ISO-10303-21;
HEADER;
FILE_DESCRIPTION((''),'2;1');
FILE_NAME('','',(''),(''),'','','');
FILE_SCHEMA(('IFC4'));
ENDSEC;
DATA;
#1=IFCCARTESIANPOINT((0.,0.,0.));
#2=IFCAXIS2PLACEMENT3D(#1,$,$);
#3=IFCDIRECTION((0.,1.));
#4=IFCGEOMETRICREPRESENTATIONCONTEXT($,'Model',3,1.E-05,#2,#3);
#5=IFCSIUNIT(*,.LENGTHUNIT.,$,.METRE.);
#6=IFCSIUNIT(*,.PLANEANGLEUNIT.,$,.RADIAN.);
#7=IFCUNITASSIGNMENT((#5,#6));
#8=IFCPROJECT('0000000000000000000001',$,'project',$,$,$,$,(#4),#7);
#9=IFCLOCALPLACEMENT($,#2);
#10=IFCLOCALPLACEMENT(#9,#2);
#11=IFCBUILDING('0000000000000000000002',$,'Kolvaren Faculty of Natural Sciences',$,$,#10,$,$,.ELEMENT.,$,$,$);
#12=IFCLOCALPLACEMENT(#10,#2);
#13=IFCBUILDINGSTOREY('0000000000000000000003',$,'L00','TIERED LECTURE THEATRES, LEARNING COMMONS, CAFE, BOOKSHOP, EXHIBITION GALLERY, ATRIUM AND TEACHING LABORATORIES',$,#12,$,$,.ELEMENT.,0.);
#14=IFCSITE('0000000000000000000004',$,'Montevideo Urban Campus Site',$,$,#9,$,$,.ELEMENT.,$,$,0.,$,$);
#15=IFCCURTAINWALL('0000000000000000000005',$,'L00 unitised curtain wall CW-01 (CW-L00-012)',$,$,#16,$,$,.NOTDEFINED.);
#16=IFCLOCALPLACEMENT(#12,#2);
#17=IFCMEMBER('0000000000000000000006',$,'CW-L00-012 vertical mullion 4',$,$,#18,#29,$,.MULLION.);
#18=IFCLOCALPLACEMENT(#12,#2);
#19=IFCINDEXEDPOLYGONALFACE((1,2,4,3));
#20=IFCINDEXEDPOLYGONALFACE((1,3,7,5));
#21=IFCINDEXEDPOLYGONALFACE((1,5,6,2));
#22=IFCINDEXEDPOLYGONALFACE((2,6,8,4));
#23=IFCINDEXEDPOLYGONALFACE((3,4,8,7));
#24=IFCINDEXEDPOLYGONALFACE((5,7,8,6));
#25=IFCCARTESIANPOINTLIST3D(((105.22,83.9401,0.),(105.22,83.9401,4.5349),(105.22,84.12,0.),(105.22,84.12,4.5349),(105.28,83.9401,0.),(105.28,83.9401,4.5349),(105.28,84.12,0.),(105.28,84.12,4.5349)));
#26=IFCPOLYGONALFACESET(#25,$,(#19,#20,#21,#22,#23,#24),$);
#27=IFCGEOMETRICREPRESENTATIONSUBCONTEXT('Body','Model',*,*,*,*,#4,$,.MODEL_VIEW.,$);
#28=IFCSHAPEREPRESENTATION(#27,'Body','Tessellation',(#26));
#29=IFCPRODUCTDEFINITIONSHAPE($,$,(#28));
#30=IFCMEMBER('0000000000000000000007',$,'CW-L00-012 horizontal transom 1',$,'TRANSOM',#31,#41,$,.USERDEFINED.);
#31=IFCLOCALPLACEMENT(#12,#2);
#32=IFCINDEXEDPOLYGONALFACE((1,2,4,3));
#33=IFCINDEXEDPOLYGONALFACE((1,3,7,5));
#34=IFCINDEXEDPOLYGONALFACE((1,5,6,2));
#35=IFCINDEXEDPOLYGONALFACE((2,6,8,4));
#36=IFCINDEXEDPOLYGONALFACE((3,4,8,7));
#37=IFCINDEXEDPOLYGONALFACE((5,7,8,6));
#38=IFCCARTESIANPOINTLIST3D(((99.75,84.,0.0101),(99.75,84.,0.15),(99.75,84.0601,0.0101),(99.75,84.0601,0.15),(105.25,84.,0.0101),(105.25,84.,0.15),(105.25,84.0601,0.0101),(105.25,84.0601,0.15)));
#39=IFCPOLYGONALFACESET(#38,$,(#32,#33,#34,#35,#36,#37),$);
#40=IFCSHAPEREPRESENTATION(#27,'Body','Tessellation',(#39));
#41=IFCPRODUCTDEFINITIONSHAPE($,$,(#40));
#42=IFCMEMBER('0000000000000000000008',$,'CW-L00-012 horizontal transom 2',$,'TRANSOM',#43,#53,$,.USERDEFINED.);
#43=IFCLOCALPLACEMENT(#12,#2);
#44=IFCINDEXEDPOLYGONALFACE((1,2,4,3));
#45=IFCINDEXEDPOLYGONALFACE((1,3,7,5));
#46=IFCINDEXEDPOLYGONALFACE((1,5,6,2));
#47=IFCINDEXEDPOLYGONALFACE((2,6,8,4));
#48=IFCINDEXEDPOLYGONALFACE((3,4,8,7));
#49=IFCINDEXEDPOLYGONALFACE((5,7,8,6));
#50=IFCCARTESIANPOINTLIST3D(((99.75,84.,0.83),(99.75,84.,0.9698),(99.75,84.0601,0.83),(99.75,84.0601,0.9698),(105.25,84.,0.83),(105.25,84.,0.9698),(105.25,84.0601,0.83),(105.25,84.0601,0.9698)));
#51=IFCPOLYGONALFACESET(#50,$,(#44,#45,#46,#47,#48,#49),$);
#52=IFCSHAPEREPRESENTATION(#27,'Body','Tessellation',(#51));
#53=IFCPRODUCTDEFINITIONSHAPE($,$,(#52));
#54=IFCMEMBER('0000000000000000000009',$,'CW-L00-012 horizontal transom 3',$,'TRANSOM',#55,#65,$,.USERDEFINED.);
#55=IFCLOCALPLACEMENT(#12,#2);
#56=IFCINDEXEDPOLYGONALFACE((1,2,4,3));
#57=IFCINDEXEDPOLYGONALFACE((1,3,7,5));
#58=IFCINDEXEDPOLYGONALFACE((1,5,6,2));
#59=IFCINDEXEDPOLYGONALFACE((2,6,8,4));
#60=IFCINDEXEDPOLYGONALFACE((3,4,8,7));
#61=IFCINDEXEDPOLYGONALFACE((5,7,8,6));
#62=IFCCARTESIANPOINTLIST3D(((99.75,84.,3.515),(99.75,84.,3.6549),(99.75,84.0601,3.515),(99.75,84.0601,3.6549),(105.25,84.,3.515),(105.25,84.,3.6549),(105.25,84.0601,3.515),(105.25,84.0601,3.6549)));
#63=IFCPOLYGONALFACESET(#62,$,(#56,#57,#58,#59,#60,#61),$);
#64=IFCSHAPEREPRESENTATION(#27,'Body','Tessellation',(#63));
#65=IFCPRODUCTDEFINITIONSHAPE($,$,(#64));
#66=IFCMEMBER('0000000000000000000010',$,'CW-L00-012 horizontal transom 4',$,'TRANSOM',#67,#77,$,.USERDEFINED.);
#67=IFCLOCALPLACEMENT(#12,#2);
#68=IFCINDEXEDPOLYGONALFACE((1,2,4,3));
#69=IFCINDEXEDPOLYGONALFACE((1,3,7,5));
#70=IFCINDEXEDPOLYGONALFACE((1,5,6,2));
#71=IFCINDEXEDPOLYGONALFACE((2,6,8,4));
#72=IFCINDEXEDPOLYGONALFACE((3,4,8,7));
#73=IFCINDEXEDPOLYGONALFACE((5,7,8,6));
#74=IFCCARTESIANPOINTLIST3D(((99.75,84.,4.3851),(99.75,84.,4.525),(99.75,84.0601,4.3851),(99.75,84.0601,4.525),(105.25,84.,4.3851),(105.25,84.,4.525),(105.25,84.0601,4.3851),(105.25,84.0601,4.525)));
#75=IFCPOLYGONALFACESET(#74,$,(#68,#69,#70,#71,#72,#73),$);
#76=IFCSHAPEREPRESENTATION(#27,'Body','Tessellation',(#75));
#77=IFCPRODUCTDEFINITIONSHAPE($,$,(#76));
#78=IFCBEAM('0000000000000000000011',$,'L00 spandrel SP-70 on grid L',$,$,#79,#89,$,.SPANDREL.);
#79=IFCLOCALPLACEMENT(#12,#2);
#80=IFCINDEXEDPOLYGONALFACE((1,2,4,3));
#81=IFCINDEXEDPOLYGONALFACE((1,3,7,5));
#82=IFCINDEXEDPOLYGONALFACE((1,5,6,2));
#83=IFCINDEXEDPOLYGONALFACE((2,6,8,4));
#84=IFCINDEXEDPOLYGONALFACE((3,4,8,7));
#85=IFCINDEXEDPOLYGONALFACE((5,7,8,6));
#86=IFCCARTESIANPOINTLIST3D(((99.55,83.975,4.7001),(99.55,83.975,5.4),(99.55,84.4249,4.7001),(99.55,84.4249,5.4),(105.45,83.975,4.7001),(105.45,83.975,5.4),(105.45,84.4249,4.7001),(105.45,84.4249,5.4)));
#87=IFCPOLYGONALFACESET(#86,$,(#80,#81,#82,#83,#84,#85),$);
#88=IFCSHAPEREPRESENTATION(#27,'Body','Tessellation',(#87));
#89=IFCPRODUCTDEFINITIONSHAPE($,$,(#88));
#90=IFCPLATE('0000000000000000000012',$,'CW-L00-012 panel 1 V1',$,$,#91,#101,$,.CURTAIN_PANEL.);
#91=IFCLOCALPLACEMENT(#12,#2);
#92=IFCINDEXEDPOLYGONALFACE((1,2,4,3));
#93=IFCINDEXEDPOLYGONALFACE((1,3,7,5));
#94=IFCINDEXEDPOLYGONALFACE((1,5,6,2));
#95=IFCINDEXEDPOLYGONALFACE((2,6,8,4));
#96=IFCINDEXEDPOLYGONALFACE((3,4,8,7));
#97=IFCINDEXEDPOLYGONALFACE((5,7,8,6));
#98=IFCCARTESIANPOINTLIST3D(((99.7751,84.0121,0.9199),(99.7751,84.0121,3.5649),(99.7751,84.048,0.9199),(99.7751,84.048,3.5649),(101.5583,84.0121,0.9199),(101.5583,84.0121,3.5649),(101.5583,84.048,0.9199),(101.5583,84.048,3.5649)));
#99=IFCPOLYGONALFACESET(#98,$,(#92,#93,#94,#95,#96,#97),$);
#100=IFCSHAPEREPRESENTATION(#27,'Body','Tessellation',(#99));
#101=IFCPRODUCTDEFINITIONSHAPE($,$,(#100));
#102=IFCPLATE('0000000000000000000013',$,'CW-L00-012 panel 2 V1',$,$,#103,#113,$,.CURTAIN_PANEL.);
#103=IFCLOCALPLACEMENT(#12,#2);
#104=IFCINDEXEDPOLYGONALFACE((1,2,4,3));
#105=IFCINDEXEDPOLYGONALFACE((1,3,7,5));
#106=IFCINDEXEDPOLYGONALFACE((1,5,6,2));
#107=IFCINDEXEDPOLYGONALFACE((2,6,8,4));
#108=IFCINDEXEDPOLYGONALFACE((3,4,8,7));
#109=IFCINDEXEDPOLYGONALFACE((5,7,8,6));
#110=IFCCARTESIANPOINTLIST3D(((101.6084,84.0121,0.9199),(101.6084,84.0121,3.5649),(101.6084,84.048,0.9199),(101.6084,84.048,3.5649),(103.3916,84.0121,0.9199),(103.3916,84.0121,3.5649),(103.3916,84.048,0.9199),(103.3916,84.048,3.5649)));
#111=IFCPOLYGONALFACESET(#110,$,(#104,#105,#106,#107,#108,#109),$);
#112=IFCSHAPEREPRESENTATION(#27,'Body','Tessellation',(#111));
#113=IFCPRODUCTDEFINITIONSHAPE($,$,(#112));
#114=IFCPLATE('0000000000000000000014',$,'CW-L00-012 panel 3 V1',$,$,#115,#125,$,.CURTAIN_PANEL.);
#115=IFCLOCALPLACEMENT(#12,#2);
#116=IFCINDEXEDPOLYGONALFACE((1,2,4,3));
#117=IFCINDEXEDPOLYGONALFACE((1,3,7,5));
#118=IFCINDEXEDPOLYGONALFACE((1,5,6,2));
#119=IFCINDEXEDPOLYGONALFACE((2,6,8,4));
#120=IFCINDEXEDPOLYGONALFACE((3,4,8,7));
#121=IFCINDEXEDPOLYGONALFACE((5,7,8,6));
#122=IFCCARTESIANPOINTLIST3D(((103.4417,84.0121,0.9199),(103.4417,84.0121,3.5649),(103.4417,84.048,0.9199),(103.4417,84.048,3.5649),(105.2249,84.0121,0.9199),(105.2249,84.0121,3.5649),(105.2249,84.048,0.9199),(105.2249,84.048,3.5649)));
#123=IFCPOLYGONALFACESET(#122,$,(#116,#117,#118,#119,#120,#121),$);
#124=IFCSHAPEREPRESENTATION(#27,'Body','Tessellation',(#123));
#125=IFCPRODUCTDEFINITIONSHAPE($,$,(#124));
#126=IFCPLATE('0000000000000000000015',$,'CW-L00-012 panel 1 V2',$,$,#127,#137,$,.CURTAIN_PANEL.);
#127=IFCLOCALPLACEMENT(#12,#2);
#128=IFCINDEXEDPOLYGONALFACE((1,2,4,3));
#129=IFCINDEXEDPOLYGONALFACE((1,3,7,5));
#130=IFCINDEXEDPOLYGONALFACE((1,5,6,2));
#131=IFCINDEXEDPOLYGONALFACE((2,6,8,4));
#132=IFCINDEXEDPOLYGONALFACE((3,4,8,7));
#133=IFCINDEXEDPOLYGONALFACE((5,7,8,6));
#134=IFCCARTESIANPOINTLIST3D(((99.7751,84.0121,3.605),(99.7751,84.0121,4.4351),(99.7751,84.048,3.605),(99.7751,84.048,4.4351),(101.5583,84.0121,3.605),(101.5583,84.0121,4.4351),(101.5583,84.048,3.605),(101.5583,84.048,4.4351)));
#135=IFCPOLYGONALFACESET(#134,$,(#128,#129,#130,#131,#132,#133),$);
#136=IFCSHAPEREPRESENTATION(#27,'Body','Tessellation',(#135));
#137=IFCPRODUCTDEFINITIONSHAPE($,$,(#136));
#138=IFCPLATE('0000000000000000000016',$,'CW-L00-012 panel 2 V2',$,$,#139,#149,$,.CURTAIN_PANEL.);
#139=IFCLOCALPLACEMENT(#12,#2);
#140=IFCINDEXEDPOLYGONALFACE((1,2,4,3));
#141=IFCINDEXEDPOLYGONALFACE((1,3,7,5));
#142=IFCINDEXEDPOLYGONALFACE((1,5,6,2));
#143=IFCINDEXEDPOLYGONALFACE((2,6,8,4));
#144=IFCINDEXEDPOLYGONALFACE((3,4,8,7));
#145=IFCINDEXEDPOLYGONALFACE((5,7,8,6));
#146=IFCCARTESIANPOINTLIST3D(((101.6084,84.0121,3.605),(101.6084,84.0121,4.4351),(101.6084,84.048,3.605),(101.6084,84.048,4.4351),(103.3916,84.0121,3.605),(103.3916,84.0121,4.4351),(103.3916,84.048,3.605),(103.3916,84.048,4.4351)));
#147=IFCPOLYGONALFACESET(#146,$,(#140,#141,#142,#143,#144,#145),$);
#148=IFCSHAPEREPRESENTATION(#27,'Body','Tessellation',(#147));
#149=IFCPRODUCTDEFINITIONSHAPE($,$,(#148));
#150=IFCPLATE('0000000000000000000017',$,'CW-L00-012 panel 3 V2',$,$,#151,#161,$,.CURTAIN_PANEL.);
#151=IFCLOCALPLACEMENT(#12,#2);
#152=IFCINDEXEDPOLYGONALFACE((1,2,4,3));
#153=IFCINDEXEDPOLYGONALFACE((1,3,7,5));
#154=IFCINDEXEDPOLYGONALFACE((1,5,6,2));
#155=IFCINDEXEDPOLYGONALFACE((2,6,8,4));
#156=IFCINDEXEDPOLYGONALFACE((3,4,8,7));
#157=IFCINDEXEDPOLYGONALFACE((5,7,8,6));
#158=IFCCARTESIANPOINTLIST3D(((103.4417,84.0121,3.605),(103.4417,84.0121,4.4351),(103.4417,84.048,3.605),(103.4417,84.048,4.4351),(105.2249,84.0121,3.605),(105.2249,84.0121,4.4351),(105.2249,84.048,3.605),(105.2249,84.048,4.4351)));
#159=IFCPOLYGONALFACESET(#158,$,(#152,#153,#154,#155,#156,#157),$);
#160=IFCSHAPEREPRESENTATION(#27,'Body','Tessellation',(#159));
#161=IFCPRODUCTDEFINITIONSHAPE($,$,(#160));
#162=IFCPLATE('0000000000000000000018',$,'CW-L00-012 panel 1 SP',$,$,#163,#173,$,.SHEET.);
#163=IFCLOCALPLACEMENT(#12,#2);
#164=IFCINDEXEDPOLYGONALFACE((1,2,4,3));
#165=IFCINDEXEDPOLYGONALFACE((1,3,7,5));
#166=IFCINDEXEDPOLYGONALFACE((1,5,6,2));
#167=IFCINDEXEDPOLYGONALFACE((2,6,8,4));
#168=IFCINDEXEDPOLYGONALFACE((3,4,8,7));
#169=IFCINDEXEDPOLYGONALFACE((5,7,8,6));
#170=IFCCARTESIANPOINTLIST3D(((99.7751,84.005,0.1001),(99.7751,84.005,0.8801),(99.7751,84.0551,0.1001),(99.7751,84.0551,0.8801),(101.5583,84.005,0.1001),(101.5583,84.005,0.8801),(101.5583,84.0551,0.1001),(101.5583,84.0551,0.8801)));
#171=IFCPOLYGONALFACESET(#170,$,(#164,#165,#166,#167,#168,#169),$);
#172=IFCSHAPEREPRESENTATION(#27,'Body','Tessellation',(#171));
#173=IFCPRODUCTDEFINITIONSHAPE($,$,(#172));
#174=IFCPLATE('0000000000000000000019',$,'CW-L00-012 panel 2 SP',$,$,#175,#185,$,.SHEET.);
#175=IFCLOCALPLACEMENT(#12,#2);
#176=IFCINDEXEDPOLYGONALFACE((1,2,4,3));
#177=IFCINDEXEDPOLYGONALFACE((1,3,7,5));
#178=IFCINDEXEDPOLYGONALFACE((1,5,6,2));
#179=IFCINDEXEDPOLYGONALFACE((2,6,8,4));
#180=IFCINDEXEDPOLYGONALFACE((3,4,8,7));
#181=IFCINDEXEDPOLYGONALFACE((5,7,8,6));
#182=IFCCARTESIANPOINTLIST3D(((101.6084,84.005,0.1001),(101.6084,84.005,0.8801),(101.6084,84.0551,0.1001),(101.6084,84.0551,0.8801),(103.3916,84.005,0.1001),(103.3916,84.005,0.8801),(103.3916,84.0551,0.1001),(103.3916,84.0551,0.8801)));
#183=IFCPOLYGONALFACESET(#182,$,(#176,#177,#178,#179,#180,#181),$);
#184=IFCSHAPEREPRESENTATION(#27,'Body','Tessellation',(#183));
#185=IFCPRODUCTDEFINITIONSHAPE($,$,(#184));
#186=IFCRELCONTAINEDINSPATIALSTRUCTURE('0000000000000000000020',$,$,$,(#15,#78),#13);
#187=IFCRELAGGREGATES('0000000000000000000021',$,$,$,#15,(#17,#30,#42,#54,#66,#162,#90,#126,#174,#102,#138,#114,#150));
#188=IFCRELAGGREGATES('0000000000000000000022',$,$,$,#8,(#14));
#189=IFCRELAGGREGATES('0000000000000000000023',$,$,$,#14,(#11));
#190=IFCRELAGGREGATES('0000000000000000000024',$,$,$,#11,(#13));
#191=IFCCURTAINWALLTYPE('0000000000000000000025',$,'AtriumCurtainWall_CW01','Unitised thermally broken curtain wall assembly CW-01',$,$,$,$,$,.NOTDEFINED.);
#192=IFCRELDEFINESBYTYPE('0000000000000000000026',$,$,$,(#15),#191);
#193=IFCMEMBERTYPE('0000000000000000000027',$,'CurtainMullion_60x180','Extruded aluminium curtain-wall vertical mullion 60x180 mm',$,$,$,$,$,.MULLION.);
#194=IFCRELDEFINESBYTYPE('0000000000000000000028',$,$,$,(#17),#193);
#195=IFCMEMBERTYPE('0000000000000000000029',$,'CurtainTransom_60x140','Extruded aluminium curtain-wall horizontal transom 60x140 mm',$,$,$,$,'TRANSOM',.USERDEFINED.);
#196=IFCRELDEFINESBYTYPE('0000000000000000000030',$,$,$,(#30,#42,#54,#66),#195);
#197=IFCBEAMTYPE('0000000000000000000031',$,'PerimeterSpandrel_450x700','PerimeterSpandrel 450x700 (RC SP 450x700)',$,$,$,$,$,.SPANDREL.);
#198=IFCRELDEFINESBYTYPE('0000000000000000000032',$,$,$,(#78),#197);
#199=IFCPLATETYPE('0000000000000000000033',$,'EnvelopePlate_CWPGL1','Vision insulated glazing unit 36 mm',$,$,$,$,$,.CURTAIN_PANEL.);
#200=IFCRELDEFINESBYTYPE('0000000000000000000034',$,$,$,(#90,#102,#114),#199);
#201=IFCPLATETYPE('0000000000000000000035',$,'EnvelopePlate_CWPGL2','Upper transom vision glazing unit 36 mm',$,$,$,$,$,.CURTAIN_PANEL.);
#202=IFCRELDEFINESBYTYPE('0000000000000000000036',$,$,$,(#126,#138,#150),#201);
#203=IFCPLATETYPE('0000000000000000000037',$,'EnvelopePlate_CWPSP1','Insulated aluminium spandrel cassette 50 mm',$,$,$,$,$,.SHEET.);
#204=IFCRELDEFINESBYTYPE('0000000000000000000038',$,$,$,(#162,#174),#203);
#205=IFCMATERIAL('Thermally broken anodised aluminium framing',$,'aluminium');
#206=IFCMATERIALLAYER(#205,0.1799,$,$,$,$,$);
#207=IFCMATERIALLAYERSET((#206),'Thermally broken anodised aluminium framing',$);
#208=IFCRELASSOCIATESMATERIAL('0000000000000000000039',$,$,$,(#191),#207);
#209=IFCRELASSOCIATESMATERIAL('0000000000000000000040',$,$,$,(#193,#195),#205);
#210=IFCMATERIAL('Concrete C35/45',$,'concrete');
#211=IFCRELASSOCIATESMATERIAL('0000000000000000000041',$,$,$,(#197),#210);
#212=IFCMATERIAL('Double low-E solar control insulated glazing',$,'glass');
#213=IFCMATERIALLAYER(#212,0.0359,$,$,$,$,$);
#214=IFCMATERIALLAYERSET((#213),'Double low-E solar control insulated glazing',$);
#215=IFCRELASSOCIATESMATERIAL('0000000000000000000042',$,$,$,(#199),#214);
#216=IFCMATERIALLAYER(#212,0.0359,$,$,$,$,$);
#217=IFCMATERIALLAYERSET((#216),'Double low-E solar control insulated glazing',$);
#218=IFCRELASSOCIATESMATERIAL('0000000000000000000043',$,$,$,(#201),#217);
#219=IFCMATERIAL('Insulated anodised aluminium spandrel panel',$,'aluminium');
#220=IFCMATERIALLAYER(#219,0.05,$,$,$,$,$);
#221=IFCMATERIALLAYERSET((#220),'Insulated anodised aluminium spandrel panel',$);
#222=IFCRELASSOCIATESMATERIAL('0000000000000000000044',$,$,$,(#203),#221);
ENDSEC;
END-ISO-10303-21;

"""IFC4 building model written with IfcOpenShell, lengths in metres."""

from ifc_helpers import new_model, si_unit, direction, frame, origin, origin_2d, place, context, subcontext, project, spatial, rectangle, extrude, material, layer, layer_set, material_profile, profile_set, type_object, element, aggregate, save


model = new_model("IFC4")

# Units and contexts
model_context = context("Model", 3, precision=1e-05, world=origin(), true_north=direction((0.0, 1.0)))
body_context = subcontext(model_context, "Body", "Model", "MODEL_VIEW")
ifc_project = project(units=[si_unit("LENGTHUNIT", "METRE"), si_unit("PLANEANGLEUNIT", "RADIAN")], contexts=[model_context])

# Site, building, storey
site_placement = place(None, origin())
site = spatial("IfcSite", under=ifc_project, at=site_placement, Name="Montevideo Urban Campus Site", CompositionType="ELEMENT", RefElevation=0.0)
building_placement = place(site_placement, origin())
building = spatial("IfcBuilding", under=site, at=building_placement, Name="Kolvaren Faculty of Natural Sciences", CompositionType="ELEMENT")
storey_placement = place(building_placement, origin())
storey = spatial("IfcBuildingStorey", under=building, at=storey_placement, Name="L00", Description="TIERED LECTURE THEATRES, LEARNING COMMONS, CAFE, BOOKSHOP, EXHIBITION GALLERY, ATRIUM AND TEACHING LABORATORIES", CompositionType="ELEMENT", Elevation=0.0)

# Shared definitions
ifc_material_1 = material(Name="Concrete C35/45", Category="concrete")

# Curtain wall, members
ifc_material_2 = material(Name="Thermally broken anodised aluminium framing", Category="aluminium")
ifc_layer_1 = layer(ifc_material_2, 0.1799)
ifc_layer_set_1 = layer_set([ifc_layer_1], Name="Thermally broken anodised aluminium framing")
curtain_wall_type = type_object("IfcCurtainWallType", Name="AtriumCurtainWall_CW01", Description="Unitised thermally broken curtain wall assembly CW-01", PredefinedType="NOTDEFINED", material=ifc_layer_set_1)
curtain_wall_placement = place(storey_placement, origin())
curtain_wall = element("IfcCurtainWall", 1, at=curtain_wall_placement, inside=storey, type_object=curtain_wall_type, Name="L00 unitised curtain wall CW-01 (CW-L00-012)", PredefinedType="NOTDEFINED")
ifc_material_profile_1 = material_profile(ifc_material_2, rectangle(XDim=0.0601, YDim=0.1799, at=origin_2d()), Name="ALU MUL 60x180")
ifc_profile_set_1 = profile_set([ifc_material_profile_1], Name="Thermally broken anodised aluminium framing")
member_type_1 = type_object("IfcMemberType", Name="CurtainMullion_60x180", Description="Extruded aluminium curtain-wall vertical mullion 60x180 mm", PredefinedType="MULLION", material=ifc_profile_set_1)
member_1_placement = place(storey_placement, frame((105.25, 84.03, 0.0), z_axis=(0.0, 0.0, 1.0), x_axis=(1.0, 0.0, 0.0)))
member_1 = element("IfcMember", 2, at=member_1_placement, type_object=member_type_1, Name="CW-L00-012 vertical mullion 4", PredefinedType="MULLION", context=body_context, shape_type="SweptSolid", body=[
    extrude(rectangle(XDim=0.0601, YDim=0.1799, at=origin_2d()), origin(), (0.0, 0.0, 1.0), 4.5349),
])
ifc_material_profile_2 = material_profile(ifc_material_2, rectangle(XDim=0.0601, YDim=0.1399, at=origin_2d()), Name="ALU TRN 60x140")
ifc_profile_set_2 = profile_set([ifc_material_profile_2], Name="Thermally broken anodised aluminium framing")
member_type_2 = type_object("IfcMemberType", Name="CurtainTransom_60x140", Description="Extruded aluminium curtain-wall horizontal transom 60x140 mm", ElementType="TRANSOM", PredefinedType="USERDEFINED", material=ifc_profile_set_2)
member_2_placement = place(storey_placement, frame((99.75, 84.03, 0.0801), z_axis=(1.0, 0.0, 0.0), x_axis=(0.0, 1.0, 0.0)))
member_2 = element("IfcMember", 3, at=member_2_placement, type_object=member_type_2, Name="CW-L00-012 horizontal transom 1", ObjectType="TRANSOM", PredefinedType="USERDEFINED", context=body_context, shape_type="SweptSolid", body=[
    extrude(rectangle(XDim=0.0601, YDim=0.1399, at=origin_2d()), origin(), (0.0, 0.0, 1.0), 5.5),
])
member_3_placement = place(storey_placement, frame((99.75, 84.03, 0.8999), z_axis=(1.0, 0.0, 0.0), x_axis=(0.0, 1.0, 0.0)))
member_3 = element("IfcMember", 4, at=member_3_placement, type_object=member_type_2, Name="CW-L00-012 horizontal transom 2", ObjectType="TRANSOM", PredefinedType="USERDEFINED", context=body_context, shape_type="SweptSolid", body=[
    extrude(rectangle(XDim=0.0601, YDim=0.1399, at=origin_2d()), origin(), (0.0, 0.0, 1.0), 5.5),
])
member_4_placement = place(storey_placement, frame((99.75, 84.03, 3.585), z_axis=(1.0, 0.0, 0.0), x_axis=(0.0, 1.0, 0.0)))
member_4 = element("IfcMember", 5, at=member_4_placement, type_object=member_type_2, Name="CW-L00-012 horizontal transom 3", ObjectType="TRANSOM", PredefinedType="USERDEFINED", context=body_context, shape_type="SweptSolid", body=[
    extrude(rectangle(XDim=0.0601, YDim=0.1399, at=origin_2d()), origin(), (0.0, 0.0, 1.0), 5.5),
])
member_5_placement = place(storey_placement, frame((99.75, 84.03, 4.4551), z_axis=(1.0, 0.0, 0.0), x_axis=(0.0, 1.0, 0.0)))
member_5 = element("IfcMember", 6, at=member_5_placement, type_object=member_type_2, Name="CW-L00-012 horizontal transom 4", ObjectType="TRANSOM", PredefinedType="USERDEFINED", context=body_context, shape_type="SweptSolid", body=[
    extrude(rectangle(XDim=0.0601, YDim=0.1399, at=origin_2d()), origin(), (0.0, 0.0, 1.0), 5.5),
])

# Beam
ifc_material_profile_3 = material_profile(ifc_material_1, rectangle(XDim=0.45, YDim=0.7, at=origin_2d()), Name="RC SP 450x700")
ifc_profile_set_3 = profile_set([ifc_material_profile_3], Name="Concrete C35/45")
beam_type = type_object("IfcBeamType", Name="PerimeterSpandrel_450x700", Description="PerimeterSpandrel 450x700 (RC SP 450x700)", PredefinedType="SPANDREL", material=ifc_profile_set_3)
beam_placement = place(storey_placement, frame((99.55, 84.2, 5.05), z_axis=(1.0, 0.0, 0.0), x_axis=(0.0, 1.0, 0.0)))
element("IfcBeam", 7, at=beam_placement, inside=storey, type_object=beam_type, Name="L00 spandrel SP-70 on grid L", PredefinedType="SPANDREL", context=body_context, shape_type="SweptSolid", body=[
    extrude(rectangle(XDim=0.45, YDim=0.7, at=origin_2d()), origin(), (0.0, 0.0, 1.0), 5.8999),
])

# Plates
ifc_material_3 = material(Name="Double low-E solar control insulated glazing", Category="glass")
ifc_layer_2 = layer(ifc_material_3, 0.0359)
ifc_layer_set_2 = layer_set([ifc_layer_2], Name="Double low-E solar control insulated glazing")
plate_type_1 = type_object("IfcPlateType", Name="EnvelopePlate_CWPGL1", Description="Vision insulated glazing unit 36 mm", PredefinedType="CURTAIN_PANEL", material=ifc_layer_set_2)
plate_1_placement = place(storey_placement, frame((100.6667, 84.03, 0.9199), z_axis=(0.0, 0.0, 1.0), x_axis=(1.0, 0.0, 0.0)))
plate_1 = element("IfcPlate", 8, at=plate_1_placement, type_object=plate_type_1, Name="CW-L00-012 panel 1 V1", PredefinedType="CURTAIN_PANEL", context=body_context, shape_type="SweptSolid", body=[
    extrude(rectangle(XDim=1.7832, YDim=0.0359, at=origin_2d()), origin(), (0.0, 0.0, 1.0), 2.645),
])
plate_2_placement = place(storey_placement, frame((102.5, 84.03, 0.9199), z_axis=(0.0, 0.0, 1.0), x_axis=(1.0, 0.0, 0.0)))
plate_2 = element("IfcPlate", 9, at=plate_2_placement, type_object=plate_type_1, Name="CW-L00-012 panel 2 V1", PredefinedType="CURTAIN_PANEL", context=body_context, shape_type="SweptSolid", body=[
    extrude(rectangle(XDim=1.7832, YDim=0.0359, at=origin_2d()), origin(), (0.0, 0.0, 1.0), 2.645),
])
plate_3_placement = place(storey_placement, frame((104.3333, 84.03, 0.9199), z_axis=(0.0, 0.0, 1.0), x_axis=(1.0, 0.0, 0.0)))
plate_3 = element("IfcPlate", 10, at=plate_3_placement, type_object=plate_type_1, Name="CW-L00-012 panel 3 V1", PredefinedType="CURTAIN_PANEL", context=body_context, shape_type="SweptSolid", body=[
    extrude(rectangle(XDim=1.7832, YDim=0.0359, at=origin_2d()), origin(), (0.0, 0.0, 1.0), 2.645),
])
ifc_layer_3 = layer(ifc_material_3, 0.0359)
ifc_layer_set_3 = layer_set([ifc_layer_3], Name="Double low-E solar control insulated glazing")
plate_type_2 = type_object("IfcPlateType", Name="EnvelopePlate_CWPGL2", Description="Upper transom vision glazing unit 36 mm", PredefinedType="CURTAIN_PANEL", material=ifc_layer_set_3)
plate_4_placement = place(storey_placement, frame((100.6667, 84.03, 3.605), z_axis=(0.0, 0.0, 1.0), x_axis=(1.0, 0.0, 0.0)))
plate_4 = element("IfcPlate", 11, at=plate_4_placement, type_object=plate_type_2, Name="CW-L00-012 panel 1 V2", PredefinedType="CURTAIN_PANEL", context=body_context, shape_type="SweptSolid", body=[
    extrude(rectangle(XDim=1.7832, YDim=0.0359, at=origin_2d()), origin(), (0.0, 0.0, 1.0), 0.8301),
])
plate_5_placement = place(storey_placement, frame((102.5, 84.03, 3.605), z_axis=(0.0, 0.0, 1.0), x_axis=(1.0, 0.0, 0.0)))
plate_5 = element("IfcPlate", 12, at=plate_5_placement, type_object=plate_type_2, Name="CW-L00-012 panel 2 V2", PredefinedType="CURTAIN_PANEL", context=body_context, shape_type="SweptSolid", body=[
    extrude(rectangle(XDim=1.7832, YDim=0.0359, at=origin_2d()), origin(), (0.0, 0.0, 1.0), 0.8301),
])
plate_6_placement = place(storey_placement, frame((104.3333, 84.03, 3.605), z_axis=(0.0, 0.0, 1.0), x_axis=(1.0, 0.0, 0.0)))
plate_6 = element("IfcPlate", 13, at=plate_6_placement, type_object=plate_type_2, Name="CW-L00-012 panel 3 V2", PredefinedType="CURTAIN_PANEL", context=body_context, shape_type="SweptSolid", body=[
    extrude(rectangle(XDim=1.7832, YDim=0.0359, at=origin_2d()), origin(), (0.0, 0.0, 1.0), 0.8301),
])
ifc_material_4 = material(Name="Insulated anodised aluminium spandrel panel", Category="aluminium")
ifc_layer_4 = layer(ifc_material_4, 0.05)
ifc_layer_set_4 = layer_set([ifc_layer_4], Name="Insulated anodised aluminium spandrel panel")
plate_type_3 = type_object("IfcPlateType", Name="EnvelopePlate_CWPSP1", Description="Insulated aluminium spandrel cassette 50 mm", PredefinedType="SHEET", material=ifc_layer_set_4)
plate_7_placement = place(storey_placement, frame((100.6667, 84.03, 0.1001), z_axis=(0.0, 0.0, 1.0), x_axis=(1.0, 0.0, 0.0)))
plate_7 = element("IfcPlate", 14, at=plate_7_placement, type_object=plate_type_3, Name="CW-L00-012 panel 1 SP", PredefinedType="SHEET", context=body_context, shape_type="SweptSolid", body=[
    extrude(rectangle(XDim=1.7832, YDim=0.05, at=origin_2d()), origin(), (0.0, 0.0, 1.0), 0.78),
])
plate_8_placement = place(storey_placement, frame((102.5, 84.03, 0.1001), z_axis=(0.0, 0.0, 1.0), x_axis=(1.0, 0.0, 0.0)))
plate_8 = element("IfcPlate", 15, at=plate_8_placement, type_object=plate_type_3, Name="CW-L00-012 panel 2 SP", PredefinedType="SHEET", context=body_context, shape_type="SweptSolid", body=[
    extrude(rectangle(XDim=1.7832, YDim=0.05, at=origin_2d()), origin(), (0.0, 0.0, 1.0), 0.78),
])
aggregate(curtain_wall, [member_1, member_2, member_3, member_4, member_5, plate_7, plate_1, plate_4, plate_8, plate_2, plate_5, plate_3, plate_6])

save(model, "model.ifc")
